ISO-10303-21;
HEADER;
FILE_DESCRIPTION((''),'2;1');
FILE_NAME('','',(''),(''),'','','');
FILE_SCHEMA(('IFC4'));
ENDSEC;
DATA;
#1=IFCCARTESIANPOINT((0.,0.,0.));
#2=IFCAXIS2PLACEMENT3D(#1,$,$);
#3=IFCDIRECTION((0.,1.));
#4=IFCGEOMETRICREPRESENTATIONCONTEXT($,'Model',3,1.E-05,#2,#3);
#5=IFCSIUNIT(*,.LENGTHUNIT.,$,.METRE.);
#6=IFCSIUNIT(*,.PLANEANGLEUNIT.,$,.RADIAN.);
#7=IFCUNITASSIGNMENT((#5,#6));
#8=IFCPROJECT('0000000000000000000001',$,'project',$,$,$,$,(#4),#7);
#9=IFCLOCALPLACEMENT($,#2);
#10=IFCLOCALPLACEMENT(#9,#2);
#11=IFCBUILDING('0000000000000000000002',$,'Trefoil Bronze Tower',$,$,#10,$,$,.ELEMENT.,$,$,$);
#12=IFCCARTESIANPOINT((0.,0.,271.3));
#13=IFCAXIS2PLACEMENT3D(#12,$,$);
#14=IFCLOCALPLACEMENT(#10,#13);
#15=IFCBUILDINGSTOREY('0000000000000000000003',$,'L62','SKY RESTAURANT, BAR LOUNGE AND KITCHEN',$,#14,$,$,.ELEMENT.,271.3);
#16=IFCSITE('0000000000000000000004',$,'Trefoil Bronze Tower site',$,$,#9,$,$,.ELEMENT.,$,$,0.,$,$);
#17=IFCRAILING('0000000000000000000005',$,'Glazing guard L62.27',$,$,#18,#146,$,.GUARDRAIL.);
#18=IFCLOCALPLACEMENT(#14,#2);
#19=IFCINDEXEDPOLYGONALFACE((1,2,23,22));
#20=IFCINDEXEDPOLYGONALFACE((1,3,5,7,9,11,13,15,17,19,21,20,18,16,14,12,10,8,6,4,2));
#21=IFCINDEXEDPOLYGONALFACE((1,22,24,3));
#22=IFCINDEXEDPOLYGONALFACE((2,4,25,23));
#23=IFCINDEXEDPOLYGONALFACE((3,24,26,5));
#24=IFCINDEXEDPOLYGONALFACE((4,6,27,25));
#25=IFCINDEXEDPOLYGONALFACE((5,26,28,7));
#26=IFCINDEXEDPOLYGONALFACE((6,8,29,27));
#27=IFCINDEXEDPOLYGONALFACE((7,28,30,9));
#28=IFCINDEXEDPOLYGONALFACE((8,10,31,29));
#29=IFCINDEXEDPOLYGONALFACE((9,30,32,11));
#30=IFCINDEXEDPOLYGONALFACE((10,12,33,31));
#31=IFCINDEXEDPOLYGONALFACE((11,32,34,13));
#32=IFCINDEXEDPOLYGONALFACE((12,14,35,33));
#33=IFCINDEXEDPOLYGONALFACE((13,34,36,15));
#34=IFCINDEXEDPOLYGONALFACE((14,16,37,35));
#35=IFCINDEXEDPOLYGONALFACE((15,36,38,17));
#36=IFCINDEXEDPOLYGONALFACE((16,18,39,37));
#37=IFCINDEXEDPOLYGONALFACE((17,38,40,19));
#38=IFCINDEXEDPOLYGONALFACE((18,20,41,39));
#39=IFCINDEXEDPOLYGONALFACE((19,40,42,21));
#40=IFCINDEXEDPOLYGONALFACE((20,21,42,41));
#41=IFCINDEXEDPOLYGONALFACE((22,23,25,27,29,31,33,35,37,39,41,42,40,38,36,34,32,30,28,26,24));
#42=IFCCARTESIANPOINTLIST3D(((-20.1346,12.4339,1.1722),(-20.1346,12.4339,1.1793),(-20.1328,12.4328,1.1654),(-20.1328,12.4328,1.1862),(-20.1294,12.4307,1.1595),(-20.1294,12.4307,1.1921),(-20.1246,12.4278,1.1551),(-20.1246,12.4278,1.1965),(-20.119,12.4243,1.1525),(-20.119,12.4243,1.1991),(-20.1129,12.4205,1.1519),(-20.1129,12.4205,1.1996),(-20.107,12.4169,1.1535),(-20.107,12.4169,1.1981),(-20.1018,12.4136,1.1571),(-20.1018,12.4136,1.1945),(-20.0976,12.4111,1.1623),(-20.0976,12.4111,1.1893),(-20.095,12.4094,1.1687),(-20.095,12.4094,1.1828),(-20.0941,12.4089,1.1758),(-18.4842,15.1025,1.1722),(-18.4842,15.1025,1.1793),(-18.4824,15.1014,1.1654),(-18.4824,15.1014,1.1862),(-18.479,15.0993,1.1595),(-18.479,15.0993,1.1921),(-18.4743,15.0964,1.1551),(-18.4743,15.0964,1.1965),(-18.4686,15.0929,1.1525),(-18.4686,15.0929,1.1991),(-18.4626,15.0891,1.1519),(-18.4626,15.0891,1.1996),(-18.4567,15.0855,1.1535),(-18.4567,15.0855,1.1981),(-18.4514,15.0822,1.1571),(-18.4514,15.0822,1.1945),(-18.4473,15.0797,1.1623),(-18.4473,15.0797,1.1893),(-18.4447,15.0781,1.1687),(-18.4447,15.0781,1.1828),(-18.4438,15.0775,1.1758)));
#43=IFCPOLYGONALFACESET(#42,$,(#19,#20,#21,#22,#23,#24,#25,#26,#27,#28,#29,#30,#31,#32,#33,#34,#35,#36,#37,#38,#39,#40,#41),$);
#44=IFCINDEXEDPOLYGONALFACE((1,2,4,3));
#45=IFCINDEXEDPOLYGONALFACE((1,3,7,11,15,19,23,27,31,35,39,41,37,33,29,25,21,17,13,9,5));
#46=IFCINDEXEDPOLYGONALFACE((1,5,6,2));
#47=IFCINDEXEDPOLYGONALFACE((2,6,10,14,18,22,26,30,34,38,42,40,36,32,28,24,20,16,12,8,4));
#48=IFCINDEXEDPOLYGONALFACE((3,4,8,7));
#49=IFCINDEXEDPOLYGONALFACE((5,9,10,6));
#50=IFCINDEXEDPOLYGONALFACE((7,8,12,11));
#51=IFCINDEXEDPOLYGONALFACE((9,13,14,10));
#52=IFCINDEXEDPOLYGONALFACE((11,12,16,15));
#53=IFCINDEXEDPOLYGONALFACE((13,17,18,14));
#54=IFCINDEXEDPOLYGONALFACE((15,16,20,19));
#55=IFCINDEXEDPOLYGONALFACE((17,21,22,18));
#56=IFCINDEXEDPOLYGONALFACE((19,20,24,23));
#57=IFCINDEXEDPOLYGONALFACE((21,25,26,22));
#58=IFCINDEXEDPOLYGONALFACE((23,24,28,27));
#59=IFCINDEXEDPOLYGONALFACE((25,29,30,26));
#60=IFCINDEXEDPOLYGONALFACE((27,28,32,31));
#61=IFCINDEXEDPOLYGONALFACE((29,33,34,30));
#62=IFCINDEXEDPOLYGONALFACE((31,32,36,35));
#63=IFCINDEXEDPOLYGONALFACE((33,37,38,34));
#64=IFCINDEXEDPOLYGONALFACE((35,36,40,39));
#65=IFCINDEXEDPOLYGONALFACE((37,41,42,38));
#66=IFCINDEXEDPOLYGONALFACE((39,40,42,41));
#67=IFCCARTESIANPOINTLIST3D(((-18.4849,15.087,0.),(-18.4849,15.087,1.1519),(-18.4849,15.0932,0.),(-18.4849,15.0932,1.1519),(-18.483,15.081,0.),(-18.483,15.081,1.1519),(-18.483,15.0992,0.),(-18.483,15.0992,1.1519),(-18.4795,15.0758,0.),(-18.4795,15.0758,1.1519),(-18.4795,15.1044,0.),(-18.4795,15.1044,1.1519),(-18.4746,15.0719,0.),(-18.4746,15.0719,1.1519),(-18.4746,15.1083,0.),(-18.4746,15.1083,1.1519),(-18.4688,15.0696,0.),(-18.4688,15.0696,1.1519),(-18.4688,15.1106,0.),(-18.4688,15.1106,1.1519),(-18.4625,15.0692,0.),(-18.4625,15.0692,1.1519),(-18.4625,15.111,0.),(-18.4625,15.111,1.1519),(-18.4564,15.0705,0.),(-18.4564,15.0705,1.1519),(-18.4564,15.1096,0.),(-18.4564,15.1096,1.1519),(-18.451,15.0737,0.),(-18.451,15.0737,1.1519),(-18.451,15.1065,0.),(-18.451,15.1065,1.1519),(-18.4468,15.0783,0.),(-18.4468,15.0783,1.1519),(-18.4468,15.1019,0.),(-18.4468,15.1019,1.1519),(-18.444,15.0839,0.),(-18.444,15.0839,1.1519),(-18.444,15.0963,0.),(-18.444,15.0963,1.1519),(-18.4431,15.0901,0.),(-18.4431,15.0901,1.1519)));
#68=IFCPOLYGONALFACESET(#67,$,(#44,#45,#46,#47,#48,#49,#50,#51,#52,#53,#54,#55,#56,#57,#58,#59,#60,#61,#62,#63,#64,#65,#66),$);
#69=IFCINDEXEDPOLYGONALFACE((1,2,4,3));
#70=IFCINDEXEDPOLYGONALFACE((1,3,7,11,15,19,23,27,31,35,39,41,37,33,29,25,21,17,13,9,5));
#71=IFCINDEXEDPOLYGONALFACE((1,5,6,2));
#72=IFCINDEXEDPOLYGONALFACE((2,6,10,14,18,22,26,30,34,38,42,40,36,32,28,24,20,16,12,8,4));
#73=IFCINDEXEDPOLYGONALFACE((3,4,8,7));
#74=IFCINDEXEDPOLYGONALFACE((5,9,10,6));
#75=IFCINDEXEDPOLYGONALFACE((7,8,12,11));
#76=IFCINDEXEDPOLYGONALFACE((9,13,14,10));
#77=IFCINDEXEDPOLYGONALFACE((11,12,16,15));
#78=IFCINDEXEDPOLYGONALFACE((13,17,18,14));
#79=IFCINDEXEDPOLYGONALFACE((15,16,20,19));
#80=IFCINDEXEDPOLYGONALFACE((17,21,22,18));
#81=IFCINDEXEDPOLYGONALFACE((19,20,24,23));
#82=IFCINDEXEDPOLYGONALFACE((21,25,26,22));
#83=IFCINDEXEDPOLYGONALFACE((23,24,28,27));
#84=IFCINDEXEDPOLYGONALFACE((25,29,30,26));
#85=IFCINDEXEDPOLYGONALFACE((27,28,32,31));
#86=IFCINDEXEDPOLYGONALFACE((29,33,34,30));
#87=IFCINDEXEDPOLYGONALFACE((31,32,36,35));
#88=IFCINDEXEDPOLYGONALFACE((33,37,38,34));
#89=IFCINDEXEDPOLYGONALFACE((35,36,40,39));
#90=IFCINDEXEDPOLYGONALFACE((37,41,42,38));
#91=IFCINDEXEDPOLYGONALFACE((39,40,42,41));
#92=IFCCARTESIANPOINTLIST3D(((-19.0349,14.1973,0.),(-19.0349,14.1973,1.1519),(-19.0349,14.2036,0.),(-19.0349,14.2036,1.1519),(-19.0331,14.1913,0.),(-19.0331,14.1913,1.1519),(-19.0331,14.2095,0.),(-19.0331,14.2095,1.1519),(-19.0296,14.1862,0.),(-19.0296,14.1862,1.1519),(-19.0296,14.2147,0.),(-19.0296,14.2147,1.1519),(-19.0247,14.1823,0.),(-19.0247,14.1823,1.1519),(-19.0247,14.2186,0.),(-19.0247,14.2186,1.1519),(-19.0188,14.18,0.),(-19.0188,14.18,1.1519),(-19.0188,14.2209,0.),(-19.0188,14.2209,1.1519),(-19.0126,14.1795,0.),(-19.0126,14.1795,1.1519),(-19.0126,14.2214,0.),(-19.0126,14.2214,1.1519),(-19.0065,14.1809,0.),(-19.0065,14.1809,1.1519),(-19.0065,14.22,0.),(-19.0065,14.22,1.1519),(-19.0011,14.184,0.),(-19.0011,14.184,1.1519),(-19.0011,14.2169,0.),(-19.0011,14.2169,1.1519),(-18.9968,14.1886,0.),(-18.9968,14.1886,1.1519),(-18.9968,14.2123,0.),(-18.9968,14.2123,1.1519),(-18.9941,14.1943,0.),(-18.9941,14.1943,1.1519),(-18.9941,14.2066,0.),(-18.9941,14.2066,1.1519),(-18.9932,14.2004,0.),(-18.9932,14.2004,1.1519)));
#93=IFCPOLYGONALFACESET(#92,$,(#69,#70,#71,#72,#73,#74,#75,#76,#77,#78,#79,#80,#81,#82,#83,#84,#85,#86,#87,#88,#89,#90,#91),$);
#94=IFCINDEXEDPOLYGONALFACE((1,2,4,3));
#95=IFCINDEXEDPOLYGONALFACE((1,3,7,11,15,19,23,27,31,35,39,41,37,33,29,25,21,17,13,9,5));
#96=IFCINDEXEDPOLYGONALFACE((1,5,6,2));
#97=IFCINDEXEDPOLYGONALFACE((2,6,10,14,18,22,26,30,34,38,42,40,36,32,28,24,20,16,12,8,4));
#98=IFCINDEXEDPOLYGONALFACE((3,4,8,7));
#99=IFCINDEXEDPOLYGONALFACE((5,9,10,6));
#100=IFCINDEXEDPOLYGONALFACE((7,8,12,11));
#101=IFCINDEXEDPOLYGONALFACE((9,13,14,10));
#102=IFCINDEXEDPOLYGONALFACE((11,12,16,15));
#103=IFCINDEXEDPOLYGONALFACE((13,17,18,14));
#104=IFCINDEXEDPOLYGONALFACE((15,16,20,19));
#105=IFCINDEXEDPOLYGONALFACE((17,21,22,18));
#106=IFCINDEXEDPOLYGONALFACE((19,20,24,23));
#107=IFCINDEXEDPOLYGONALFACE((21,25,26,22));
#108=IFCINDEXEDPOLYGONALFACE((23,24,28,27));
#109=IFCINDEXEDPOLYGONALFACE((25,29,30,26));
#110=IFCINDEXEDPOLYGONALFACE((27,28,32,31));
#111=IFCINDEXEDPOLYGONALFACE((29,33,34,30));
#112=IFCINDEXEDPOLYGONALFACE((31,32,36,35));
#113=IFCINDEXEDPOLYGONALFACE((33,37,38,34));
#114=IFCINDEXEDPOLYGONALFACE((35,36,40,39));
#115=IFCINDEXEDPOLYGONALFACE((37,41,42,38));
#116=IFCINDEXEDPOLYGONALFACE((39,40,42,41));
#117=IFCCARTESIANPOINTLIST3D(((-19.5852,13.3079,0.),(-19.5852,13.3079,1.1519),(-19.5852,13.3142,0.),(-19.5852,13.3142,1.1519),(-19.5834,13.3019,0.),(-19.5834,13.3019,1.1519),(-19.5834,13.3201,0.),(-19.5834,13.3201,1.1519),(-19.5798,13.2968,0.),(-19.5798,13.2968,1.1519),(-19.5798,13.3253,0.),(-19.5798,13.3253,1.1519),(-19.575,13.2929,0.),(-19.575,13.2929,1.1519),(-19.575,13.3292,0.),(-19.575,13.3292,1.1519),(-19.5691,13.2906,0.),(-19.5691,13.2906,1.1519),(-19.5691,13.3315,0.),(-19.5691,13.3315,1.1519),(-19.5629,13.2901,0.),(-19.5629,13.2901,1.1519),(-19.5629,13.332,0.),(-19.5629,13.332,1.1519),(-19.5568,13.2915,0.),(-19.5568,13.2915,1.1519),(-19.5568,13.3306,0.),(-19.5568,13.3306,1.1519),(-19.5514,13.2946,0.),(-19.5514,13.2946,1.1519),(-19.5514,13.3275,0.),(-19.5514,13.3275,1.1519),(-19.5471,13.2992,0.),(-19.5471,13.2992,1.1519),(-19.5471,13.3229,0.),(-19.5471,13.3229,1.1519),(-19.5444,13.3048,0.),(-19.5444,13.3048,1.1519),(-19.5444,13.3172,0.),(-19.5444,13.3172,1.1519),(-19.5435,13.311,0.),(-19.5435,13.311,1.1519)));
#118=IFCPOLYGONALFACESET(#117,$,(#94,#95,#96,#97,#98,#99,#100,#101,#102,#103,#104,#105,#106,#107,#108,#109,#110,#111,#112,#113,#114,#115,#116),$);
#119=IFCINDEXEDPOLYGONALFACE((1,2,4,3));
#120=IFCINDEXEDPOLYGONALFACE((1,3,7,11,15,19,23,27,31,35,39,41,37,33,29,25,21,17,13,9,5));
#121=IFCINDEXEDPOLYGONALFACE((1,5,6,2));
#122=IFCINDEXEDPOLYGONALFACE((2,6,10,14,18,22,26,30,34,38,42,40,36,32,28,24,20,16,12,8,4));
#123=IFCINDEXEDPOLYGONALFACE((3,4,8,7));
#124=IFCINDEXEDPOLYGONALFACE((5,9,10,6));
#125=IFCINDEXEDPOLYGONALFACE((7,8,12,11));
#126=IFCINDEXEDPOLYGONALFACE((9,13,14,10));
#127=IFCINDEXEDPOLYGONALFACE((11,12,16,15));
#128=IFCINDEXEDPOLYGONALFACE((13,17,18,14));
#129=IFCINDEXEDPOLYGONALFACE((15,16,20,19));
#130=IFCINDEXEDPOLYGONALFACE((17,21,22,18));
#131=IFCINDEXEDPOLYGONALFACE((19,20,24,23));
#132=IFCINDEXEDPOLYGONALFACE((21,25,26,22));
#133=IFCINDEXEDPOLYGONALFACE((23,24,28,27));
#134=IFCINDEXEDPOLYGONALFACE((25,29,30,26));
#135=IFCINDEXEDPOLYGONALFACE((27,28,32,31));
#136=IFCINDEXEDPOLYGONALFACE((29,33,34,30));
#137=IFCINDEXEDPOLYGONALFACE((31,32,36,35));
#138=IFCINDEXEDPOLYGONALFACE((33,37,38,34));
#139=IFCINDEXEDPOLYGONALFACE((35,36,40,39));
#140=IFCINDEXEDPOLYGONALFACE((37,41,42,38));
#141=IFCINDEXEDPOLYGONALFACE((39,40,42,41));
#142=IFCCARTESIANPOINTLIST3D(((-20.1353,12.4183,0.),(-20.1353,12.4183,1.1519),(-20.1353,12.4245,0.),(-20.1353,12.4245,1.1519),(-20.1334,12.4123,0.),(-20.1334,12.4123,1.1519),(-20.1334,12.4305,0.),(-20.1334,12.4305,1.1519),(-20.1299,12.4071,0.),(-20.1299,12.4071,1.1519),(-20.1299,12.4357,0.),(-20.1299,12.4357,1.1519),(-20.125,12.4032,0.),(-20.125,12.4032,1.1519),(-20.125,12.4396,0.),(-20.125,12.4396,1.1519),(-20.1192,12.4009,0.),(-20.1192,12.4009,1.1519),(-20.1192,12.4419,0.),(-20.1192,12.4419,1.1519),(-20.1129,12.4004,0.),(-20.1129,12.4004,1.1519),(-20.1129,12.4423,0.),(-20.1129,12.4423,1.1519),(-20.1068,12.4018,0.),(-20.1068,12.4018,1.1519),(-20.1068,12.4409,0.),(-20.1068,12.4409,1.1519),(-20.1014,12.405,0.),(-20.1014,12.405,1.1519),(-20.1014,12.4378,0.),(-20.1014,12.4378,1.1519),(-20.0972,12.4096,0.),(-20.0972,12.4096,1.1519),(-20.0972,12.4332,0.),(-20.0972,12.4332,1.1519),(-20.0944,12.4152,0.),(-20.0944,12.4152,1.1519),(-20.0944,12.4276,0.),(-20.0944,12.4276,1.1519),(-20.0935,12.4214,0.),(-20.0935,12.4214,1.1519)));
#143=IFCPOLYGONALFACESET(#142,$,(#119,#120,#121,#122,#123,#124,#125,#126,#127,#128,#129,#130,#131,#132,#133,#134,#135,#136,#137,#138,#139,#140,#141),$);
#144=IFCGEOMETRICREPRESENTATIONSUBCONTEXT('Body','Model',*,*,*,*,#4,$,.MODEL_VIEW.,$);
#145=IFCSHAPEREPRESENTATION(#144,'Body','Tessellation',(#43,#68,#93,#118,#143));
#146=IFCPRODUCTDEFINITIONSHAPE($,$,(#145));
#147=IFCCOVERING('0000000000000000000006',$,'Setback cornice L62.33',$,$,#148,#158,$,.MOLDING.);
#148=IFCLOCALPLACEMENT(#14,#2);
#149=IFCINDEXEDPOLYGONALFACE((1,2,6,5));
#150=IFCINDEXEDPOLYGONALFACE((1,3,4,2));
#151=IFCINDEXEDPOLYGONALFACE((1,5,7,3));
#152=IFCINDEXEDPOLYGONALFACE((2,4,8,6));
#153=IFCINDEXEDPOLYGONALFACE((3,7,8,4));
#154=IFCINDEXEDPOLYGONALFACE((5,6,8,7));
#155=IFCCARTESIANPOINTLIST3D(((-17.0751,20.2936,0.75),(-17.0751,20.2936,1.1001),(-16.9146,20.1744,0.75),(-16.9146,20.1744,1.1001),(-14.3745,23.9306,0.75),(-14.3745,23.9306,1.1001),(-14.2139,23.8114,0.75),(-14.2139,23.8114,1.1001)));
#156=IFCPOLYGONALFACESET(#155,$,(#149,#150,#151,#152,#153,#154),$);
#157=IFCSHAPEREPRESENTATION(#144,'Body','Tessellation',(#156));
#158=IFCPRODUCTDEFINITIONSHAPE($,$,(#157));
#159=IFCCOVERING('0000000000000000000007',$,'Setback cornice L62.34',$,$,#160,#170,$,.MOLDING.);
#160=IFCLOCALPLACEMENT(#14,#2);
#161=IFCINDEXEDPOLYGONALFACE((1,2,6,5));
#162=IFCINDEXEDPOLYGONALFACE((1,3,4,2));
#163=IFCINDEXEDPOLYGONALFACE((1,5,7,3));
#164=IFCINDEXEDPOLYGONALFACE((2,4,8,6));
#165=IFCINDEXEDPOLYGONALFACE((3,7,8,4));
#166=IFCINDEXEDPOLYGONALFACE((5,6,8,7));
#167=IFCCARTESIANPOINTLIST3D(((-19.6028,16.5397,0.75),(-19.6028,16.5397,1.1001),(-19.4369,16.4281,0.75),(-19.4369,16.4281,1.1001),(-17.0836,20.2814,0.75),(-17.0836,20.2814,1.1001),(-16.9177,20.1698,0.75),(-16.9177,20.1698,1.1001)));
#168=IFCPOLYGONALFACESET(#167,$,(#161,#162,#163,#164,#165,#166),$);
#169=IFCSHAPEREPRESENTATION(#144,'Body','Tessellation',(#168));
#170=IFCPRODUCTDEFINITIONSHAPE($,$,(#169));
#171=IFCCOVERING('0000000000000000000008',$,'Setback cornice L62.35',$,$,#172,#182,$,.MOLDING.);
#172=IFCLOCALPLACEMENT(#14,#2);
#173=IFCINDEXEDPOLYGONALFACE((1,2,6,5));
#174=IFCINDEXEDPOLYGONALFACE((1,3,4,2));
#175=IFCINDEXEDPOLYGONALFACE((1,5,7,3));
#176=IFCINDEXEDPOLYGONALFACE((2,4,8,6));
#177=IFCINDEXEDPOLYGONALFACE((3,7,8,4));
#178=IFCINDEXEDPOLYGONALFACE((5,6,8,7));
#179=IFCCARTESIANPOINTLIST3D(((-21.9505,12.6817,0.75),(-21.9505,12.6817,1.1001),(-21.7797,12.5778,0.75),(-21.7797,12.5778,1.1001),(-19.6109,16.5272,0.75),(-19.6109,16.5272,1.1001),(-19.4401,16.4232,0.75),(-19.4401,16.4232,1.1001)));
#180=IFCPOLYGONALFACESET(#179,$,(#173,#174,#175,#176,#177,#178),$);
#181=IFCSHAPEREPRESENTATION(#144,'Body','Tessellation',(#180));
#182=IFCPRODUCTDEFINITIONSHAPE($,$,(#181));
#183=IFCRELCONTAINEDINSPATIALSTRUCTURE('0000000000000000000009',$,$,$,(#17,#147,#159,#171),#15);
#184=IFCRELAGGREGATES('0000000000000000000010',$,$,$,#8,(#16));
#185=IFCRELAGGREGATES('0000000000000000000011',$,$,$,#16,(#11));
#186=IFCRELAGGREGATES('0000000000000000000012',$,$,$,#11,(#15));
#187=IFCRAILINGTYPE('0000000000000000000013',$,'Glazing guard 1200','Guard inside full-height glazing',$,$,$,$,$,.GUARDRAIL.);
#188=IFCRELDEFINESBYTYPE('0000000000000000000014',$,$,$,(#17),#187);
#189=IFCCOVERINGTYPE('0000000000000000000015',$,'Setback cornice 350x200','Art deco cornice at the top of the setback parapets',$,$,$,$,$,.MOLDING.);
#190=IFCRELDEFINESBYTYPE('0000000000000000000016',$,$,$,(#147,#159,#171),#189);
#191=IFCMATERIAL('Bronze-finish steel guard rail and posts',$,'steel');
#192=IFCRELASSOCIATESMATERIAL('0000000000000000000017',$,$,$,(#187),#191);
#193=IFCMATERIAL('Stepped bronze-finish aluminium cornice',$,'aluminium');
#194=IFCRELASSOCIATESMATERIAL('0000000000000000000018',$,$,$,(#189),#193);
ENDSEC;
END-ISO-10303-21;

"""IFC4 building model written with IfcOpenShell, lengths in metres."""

from ifc_helpers import new_model, si_unit, direction, frame, origin, origin_2d, place, context, subcontext, project, spatial, rectangle, circle, extrude, material, type_object, element, save


model = new_model("IFC4")

# Units and contexts
model_context = context("Model", 3, precision=1e-05, world=origin(), true_north=direction((0.0, 1.0)))
body_context = subcontext(model_context, "Body", "Model", "MODEL_VIEW")
ifc_project = project(units=[si_unit("LENGTHUNIT", "METRE"), si_unit("PLANEANGLEUNIT", "RADIAN")], contexts=[model_context])

# Site, building, storey
site_placement = place(None, origin())
site = spatial("IfcSite", under=ifc_project, at=site_placement, Name="Trefoil Bronze Tower site", CompositionType="ELEMENT", RefElevation=0.0)
building_placement = place(site_placement, origin())
building = spatial("IfcBuilding", under=site, at=building_placement, Name="Trefoil Bronze Tower", CompositionType="ELEMENT")
storey_placement = place(building_placement, frame((0.0, 0.0, 271.3)))
storey = spatial("IfcBuildingStorey", under=building, at=storey_placement, Name="L62", Description="SKY RESTAURANT, BAR LOUNGE AND KITCHEN", CompositionType="ELEMENT", Elevation=271.3)

# Railing
ifc_material_1 = material(Name="Bronze-finish steel guard rail and posts", Category="steel")
railing_type = type_object("IfcRailingType", Name="Glazing guard 1200", Description="Guard inside full-height glazing", PredefinedType="GUARDRAIL", material=ifc_material_1)
railing_1_placement = place(storey_placement, frame((-18.4641, 15.0901, 0.0)))
element("IfcRailing", 1, at=railing_1_placement, inside=storey, type_object=railing_type, Name="Glazing guard L62.27", PredefinedType="GUARDRAIL", context=body_context, shape_type="SweptSolid", body=[
    extrude(circle(Radius=0.0239, at=origin_2d()), frame((0.0, 0.0, 1.1758), z_axis=(-0.525972, -0.850502, 0.0), x_axis=(0.850502, -0.525972, 0.0)), (0.0, 0.0, 1.0), 3.1377),
    extrude(circle(Radius=0.021, at=origin_2d()), origin(), (0.0, 0.0, 1.0), 1.1519),
    extrude(circle(Radius=0.021, at=origin_2d()), frame((-0.55, -0.8896, 0.0)), (0.0, 0.0, 1.0), 1.1519),
    extrude(circle(Radius=0.021, at=origin_2d()), frame((-1.1003, -1.7791, 0.0)), (0.0, 0.0, 1.0), 1.1519),
    extrude(circle(Radius=0.021, at=origin_2d()), frame((-1.6504, -2.6687, 0.0)), (0.0, 0.0, 1.0), 1.1519),
])

# Coverings
ifc_material_2 = material(Name="Stepped bronze-finish aluminium cornice", Category="aluminium")
covering_type = type_object("IfcCoveringType", Name="Setback cornice 350x200", Description="Art deco cornice at the top of the setback parapets", PredefinedType="MOLDING", material=ifc_material_2)
covering_1_placement = place(storey_placement, frame((-15.6445, 22.0525, 0.75), z_axis=(0.0, 0.0, 1.0), x_axis=(-0.596162, -0.802865, 0.0)))
element("IfcCovering", 2, at=covering_1_placement, inside=storey, type_object=covering_type, Name="Setback cornice L62.33", PredefinedType="MOLDING", context=body_context, shape_type="SweptSolid", body=[
    extrude(rectangle(XDim=4.53, YDim=0.2, at=origin_2d()), origin(), (0.0, 0.0, 1.0), 0.3501),
])
covering_2_placement = place(storey_placement, frame((-18.2603, 18.3547, 0.75), z_axis=(0.0, 0.0, 1.0), x_axis=(-0.558493, -0.829509, 0.0)))
element("IfcCovering", 3, at=covering_2_placement, inside=storey, type_object=covering_type, Name="Setback cornice L62.34", PredefinedType="MOLDING", context=body_context, shape_type="SweptSolid", body=[
    extrude(rectangle(XDim=4.5107, YDim=0.2, at=origin_2d()), origin(), (0.0, 0.0, 1.0), 0.3501),
])
covering_3_placement = place(storey_placement, frame((-20.6953, 14.5525, 0.75), z_axis=(0.0, 0.0, 1.0), x_axis=(-0.519762, -0.854311, 0.0)))
element("IfcCovering", 4, at=covering_3_placement, inside=storey, type_object=covering_type, Name="Setback cornice L62.35", PredefinedType="MOLDING", context=body_context, shape_type="SweptSolid", body=[
    extrude(rectangle(XDim=4.5012, YDim=0.2, at=origin_2d()), origin(), (0.0, 0.0, 1.0), 0.3501),
])

save(model, "model.ifc")
